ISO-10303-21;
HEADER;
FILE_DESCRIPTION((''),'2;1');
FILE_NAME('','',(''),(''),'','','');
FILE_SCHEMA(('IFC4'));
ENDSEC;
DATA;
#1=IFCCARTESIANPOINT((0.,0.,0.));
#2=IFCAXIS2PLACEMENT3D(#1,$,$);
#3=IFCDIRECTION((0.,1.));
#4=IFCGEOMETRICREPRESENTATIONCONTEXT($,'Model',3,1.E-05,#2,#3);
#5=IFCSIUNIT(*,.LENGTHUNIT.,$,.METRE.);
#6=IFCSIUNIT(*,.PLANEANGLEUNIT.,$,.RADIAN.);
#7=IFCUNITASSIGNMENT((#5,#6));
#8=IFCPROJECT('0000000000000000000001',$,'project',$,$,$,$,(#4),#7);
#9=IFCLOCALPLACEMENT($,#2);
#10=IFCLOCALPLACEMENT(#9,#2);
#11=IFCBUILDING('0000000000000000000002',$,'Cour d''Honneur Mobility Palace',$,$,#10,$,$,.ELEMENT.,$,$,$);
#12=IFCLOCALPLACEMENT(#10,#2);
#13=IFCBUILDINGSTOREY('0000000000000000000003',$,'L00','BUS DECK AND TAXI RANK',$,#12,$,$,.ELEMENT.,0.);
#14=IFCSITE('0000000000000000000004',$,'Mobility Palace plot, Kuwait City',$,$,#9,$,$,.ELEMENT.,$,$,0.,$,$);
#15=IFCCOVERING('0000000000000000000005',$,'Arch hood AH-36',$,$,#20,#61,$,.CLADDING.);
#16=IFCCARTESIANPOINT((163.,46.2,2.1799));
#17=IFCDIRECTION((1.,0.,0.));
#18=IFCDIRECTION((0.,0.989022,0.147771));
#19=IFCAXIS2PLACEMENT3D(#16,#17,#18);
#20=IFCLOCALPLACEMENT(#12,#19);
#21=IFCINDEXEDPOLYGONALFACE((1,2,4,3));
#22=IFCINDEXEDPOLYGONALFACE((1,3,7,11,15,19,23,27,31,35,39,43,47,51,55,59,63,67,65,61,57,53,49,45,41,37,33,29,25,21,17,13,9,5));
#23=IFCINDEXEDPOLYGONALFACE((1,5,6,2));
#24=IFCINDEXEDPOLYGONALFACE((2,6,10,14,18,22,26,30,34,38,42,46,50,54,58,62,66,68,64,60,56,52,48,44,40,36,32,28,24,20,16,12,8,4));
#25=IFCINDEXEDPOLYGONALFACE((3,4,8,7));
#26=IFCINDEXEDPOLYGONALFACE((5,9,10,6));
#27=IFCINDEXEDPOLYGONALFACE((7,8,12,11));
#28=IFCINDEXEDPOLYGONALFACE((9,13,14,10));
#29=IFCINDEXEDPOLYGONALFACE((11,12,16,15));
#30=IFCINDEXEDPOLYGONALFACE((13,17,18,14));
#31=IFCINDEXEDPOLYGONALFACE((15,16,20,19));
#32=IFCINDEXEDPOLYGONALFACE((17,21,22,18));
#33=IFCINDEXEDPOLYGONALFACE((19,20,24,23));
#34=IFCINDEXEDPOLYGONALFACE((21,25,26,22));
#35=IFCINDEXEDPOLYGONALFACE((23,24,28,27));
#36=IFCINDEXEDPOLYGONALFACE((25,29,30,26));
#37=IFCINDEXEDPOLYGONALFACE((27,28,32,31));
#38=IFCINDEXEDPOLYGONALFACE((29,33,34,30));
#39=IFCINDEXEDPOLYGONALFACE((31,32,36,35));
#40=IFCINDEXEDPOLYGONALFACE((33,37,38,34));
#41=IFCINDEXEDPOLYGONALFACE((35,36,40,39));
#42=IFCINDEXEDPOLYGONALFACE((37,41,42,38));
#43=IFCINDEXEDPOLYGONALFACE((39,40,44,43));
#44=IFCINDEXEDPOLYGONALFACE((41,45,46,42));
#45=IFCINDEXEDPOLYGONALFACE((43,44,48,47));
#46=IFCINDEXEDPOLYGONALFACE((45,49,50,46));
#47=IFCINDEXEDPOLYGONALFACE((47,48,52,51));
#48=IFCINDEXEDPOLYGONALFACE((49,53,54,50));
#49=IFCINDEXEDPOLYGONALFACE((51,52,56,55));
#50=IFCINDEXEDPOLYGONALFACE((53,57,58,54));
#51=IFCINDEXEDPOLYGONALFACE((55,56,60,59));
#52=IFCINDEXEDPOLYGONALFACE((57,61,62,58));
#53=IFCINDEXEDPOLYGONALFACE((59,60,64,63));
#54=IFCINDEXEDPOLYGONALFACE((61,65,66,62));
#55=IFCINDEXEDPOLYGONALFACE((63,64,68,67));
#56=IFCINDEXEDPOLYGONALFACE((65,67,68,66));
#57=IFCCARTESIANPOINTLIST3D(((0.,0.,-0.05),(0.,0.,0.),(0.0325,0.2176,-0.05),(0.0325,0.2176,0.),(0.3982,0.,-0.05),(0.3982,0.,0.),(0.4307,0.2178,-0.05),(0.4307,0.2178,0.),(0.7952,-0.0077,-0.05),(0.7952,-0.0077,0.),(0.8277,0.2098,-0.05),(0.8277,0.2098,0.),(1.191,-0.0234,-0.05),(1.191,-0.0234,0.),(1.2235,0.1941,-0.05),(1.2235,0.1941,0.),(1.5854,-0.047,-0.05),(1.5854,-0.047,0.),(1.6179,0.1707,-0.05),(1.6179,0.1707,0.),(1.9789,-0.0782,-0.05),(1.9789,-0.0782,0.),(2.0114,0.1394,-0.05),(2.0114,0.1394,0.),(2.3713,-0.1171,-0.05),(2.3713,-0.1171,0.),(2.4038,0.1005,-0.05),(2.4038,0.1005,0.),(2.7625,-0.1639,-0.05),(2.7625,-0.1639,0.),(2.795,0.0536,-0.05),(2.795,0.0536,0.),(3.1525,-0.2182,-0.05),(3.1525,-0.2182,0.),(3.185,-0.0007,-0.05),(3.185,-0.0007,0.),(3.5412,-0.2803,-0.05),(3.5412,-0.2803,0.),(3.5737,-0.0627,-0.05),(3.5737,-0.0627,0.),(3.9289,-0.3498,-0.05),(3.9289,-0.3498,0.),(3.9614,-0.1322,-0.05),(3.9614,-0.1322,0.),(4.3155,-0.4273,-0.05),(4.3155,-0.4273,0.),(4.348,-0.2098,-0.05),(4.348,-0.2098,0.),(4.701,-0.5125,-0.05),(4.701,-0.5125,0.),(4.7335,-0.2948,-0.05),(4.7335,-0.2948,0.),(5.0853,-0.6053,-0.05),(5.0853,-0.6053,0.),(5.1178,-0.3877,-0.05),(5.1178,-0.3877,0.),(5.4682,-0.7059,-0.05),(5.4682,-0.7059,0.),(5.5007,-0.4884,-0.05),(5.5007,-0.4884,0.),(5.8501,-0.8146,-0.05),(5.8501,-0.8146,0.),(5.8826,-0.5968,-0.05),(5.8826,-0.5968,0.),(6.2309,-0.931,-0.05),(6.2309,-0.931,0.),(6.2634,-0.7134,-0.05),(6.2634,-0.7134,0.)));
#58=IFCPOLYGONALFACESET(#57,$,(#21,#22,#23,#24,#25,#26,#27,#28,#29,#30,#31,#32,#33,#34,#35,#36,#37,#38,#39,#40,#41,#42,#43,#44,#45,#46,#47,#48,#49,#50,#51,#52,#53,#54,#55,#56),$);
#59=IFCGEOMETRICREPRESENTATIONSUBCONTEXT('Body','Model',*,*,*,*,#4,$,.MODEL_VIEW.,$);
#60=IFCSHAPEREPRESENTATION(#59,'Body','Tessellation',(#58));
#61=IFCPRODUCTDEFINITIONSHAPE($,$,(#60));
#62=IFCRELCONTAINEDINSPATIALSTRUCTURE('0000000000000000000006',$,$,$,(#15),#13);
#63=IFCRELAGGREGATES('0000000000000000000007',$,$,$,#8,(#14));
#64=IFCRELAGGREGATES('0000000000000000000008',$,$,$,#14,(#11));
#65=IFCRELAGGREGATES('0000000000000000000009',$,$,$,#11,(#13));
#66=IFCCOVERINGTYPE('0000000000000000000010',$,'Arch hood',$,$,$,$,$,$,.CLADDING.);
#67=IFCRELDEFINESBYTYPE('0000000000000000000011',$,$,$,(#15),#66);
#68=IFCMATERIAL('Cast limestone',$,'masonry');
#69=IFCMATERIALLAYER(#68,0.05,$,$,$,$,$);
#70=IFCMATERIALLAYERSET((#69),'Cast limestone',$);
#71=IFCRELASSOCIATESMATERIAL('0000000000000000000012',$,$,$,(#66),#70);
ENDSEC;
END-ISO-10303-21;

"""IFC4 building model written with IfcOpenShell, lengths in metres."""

from ifc_helpers import new_model, si_unit, direction, frame, origin, place, context, subcontext, project, spatial, polyline, outline, extrude, material, layer, layer_set, type_object, element, save


model = new_model("IFC4")

# Units and contexts
model_context = context("Model", 3, precision=1e-05, world=origin(), true_north=direction((0.0, 1.0)))
body_context = subcontext(model_context, "Body", "Model", "MODEL_VIEW")
ifc_project = project(units=[si_unit("LENGTHUNIT", "METRE"), si_unit("PLANEANGLEUNIT", "RADIAN")], contexts=[model_context])

# Site, building, storey
site_placement = place(None, origin())
site = spatial("IfcSite", under=ifc_project, at=site_placement, Name="Mobility Palace plot, Kuwait City", CompositionType="ELEMENT", RefElevation=0.0)
building_placement = place(site_placement, origin())
building = spatial("IfcBuilding", under=site, at=building_placement, Name="Cour d'Honneur Mobility Palace", CompositionType="ELEMENT")
storey_placement = place(building_placement, origin())
storey = spatial("IfcBuildingStorey", under=building, at=storey_placement, Name="L00", Description="BUS DECK AND TAXI RANK", CompositionType="ELEMENT", Elevation=0.0)

# Covering
ifc_material_1 = material(Name="Cast limestone", Category="masonry")
ifc_layer_1 = layer(ifc_material_1, 0.05)
ifc_layer_set_1 = layer_set([ifc_layer_1], Name="Cast limestone")
covering_type_1 = type_object("IfcCoveringType", Name="Arch hood", PredefinedType="CLADDING", material=ifc_layer_set_1)
covering_1_placement = place(storey_placement, frame((163.0, 46.2, 2.1799), z_axis=(1.0, 0.0, 0.0), x_axis=(0.0, 0.989022, 0.147771)))
element("IfcCovering", 1, at=covering_1_placement, inside=storey, type_object=covering_type_1, Name="Arch hood AH-36", PredefinedType="CLADDING", context=body_context, shape_type="SweptSolid", body=[
    extrude(outline(polyline([(0.0, 0.0), (0.3982, 0.0), (0.7952, -0.0077), (1.191, -0.0234), (1.5854, -0.047), (1.9789, -0.0782), (2.3713, -0.1171), (2.7625, -0.1639), (3.1525, -0.2182), (3.5412, -0.2803), (3.9289, -0.3498), (4.3155, -0.4273), (4.701, -0.5125), (5.0853, -0.6053), (5.4682, -0.7059), (5.8501, -0.8146), (6.2309, -0.931), (6.2634, -0.7134), (5.8826, -0.5968), (5.5007, -0.4884), (5.1178, -0.3877), (4.7335, -0.2948), (4.348, -0.2098), (3.9614, -0.1322), (3.5737, -0.0627), (3.185, -0.0007), (2.795, 0.0536), (2.4038, 0.1005), (2.0114, 0.1394), (1.6179, 0.1707), (1.2235, 0.1941), (0.8277, 0.2098), (0.4307, 0.2178), (0.0325, 0.2176), (0.0, 0.0)])), origin(), (0.0, 0.0, -1.0), 0.05),
])

save(model, "model.ifc")
